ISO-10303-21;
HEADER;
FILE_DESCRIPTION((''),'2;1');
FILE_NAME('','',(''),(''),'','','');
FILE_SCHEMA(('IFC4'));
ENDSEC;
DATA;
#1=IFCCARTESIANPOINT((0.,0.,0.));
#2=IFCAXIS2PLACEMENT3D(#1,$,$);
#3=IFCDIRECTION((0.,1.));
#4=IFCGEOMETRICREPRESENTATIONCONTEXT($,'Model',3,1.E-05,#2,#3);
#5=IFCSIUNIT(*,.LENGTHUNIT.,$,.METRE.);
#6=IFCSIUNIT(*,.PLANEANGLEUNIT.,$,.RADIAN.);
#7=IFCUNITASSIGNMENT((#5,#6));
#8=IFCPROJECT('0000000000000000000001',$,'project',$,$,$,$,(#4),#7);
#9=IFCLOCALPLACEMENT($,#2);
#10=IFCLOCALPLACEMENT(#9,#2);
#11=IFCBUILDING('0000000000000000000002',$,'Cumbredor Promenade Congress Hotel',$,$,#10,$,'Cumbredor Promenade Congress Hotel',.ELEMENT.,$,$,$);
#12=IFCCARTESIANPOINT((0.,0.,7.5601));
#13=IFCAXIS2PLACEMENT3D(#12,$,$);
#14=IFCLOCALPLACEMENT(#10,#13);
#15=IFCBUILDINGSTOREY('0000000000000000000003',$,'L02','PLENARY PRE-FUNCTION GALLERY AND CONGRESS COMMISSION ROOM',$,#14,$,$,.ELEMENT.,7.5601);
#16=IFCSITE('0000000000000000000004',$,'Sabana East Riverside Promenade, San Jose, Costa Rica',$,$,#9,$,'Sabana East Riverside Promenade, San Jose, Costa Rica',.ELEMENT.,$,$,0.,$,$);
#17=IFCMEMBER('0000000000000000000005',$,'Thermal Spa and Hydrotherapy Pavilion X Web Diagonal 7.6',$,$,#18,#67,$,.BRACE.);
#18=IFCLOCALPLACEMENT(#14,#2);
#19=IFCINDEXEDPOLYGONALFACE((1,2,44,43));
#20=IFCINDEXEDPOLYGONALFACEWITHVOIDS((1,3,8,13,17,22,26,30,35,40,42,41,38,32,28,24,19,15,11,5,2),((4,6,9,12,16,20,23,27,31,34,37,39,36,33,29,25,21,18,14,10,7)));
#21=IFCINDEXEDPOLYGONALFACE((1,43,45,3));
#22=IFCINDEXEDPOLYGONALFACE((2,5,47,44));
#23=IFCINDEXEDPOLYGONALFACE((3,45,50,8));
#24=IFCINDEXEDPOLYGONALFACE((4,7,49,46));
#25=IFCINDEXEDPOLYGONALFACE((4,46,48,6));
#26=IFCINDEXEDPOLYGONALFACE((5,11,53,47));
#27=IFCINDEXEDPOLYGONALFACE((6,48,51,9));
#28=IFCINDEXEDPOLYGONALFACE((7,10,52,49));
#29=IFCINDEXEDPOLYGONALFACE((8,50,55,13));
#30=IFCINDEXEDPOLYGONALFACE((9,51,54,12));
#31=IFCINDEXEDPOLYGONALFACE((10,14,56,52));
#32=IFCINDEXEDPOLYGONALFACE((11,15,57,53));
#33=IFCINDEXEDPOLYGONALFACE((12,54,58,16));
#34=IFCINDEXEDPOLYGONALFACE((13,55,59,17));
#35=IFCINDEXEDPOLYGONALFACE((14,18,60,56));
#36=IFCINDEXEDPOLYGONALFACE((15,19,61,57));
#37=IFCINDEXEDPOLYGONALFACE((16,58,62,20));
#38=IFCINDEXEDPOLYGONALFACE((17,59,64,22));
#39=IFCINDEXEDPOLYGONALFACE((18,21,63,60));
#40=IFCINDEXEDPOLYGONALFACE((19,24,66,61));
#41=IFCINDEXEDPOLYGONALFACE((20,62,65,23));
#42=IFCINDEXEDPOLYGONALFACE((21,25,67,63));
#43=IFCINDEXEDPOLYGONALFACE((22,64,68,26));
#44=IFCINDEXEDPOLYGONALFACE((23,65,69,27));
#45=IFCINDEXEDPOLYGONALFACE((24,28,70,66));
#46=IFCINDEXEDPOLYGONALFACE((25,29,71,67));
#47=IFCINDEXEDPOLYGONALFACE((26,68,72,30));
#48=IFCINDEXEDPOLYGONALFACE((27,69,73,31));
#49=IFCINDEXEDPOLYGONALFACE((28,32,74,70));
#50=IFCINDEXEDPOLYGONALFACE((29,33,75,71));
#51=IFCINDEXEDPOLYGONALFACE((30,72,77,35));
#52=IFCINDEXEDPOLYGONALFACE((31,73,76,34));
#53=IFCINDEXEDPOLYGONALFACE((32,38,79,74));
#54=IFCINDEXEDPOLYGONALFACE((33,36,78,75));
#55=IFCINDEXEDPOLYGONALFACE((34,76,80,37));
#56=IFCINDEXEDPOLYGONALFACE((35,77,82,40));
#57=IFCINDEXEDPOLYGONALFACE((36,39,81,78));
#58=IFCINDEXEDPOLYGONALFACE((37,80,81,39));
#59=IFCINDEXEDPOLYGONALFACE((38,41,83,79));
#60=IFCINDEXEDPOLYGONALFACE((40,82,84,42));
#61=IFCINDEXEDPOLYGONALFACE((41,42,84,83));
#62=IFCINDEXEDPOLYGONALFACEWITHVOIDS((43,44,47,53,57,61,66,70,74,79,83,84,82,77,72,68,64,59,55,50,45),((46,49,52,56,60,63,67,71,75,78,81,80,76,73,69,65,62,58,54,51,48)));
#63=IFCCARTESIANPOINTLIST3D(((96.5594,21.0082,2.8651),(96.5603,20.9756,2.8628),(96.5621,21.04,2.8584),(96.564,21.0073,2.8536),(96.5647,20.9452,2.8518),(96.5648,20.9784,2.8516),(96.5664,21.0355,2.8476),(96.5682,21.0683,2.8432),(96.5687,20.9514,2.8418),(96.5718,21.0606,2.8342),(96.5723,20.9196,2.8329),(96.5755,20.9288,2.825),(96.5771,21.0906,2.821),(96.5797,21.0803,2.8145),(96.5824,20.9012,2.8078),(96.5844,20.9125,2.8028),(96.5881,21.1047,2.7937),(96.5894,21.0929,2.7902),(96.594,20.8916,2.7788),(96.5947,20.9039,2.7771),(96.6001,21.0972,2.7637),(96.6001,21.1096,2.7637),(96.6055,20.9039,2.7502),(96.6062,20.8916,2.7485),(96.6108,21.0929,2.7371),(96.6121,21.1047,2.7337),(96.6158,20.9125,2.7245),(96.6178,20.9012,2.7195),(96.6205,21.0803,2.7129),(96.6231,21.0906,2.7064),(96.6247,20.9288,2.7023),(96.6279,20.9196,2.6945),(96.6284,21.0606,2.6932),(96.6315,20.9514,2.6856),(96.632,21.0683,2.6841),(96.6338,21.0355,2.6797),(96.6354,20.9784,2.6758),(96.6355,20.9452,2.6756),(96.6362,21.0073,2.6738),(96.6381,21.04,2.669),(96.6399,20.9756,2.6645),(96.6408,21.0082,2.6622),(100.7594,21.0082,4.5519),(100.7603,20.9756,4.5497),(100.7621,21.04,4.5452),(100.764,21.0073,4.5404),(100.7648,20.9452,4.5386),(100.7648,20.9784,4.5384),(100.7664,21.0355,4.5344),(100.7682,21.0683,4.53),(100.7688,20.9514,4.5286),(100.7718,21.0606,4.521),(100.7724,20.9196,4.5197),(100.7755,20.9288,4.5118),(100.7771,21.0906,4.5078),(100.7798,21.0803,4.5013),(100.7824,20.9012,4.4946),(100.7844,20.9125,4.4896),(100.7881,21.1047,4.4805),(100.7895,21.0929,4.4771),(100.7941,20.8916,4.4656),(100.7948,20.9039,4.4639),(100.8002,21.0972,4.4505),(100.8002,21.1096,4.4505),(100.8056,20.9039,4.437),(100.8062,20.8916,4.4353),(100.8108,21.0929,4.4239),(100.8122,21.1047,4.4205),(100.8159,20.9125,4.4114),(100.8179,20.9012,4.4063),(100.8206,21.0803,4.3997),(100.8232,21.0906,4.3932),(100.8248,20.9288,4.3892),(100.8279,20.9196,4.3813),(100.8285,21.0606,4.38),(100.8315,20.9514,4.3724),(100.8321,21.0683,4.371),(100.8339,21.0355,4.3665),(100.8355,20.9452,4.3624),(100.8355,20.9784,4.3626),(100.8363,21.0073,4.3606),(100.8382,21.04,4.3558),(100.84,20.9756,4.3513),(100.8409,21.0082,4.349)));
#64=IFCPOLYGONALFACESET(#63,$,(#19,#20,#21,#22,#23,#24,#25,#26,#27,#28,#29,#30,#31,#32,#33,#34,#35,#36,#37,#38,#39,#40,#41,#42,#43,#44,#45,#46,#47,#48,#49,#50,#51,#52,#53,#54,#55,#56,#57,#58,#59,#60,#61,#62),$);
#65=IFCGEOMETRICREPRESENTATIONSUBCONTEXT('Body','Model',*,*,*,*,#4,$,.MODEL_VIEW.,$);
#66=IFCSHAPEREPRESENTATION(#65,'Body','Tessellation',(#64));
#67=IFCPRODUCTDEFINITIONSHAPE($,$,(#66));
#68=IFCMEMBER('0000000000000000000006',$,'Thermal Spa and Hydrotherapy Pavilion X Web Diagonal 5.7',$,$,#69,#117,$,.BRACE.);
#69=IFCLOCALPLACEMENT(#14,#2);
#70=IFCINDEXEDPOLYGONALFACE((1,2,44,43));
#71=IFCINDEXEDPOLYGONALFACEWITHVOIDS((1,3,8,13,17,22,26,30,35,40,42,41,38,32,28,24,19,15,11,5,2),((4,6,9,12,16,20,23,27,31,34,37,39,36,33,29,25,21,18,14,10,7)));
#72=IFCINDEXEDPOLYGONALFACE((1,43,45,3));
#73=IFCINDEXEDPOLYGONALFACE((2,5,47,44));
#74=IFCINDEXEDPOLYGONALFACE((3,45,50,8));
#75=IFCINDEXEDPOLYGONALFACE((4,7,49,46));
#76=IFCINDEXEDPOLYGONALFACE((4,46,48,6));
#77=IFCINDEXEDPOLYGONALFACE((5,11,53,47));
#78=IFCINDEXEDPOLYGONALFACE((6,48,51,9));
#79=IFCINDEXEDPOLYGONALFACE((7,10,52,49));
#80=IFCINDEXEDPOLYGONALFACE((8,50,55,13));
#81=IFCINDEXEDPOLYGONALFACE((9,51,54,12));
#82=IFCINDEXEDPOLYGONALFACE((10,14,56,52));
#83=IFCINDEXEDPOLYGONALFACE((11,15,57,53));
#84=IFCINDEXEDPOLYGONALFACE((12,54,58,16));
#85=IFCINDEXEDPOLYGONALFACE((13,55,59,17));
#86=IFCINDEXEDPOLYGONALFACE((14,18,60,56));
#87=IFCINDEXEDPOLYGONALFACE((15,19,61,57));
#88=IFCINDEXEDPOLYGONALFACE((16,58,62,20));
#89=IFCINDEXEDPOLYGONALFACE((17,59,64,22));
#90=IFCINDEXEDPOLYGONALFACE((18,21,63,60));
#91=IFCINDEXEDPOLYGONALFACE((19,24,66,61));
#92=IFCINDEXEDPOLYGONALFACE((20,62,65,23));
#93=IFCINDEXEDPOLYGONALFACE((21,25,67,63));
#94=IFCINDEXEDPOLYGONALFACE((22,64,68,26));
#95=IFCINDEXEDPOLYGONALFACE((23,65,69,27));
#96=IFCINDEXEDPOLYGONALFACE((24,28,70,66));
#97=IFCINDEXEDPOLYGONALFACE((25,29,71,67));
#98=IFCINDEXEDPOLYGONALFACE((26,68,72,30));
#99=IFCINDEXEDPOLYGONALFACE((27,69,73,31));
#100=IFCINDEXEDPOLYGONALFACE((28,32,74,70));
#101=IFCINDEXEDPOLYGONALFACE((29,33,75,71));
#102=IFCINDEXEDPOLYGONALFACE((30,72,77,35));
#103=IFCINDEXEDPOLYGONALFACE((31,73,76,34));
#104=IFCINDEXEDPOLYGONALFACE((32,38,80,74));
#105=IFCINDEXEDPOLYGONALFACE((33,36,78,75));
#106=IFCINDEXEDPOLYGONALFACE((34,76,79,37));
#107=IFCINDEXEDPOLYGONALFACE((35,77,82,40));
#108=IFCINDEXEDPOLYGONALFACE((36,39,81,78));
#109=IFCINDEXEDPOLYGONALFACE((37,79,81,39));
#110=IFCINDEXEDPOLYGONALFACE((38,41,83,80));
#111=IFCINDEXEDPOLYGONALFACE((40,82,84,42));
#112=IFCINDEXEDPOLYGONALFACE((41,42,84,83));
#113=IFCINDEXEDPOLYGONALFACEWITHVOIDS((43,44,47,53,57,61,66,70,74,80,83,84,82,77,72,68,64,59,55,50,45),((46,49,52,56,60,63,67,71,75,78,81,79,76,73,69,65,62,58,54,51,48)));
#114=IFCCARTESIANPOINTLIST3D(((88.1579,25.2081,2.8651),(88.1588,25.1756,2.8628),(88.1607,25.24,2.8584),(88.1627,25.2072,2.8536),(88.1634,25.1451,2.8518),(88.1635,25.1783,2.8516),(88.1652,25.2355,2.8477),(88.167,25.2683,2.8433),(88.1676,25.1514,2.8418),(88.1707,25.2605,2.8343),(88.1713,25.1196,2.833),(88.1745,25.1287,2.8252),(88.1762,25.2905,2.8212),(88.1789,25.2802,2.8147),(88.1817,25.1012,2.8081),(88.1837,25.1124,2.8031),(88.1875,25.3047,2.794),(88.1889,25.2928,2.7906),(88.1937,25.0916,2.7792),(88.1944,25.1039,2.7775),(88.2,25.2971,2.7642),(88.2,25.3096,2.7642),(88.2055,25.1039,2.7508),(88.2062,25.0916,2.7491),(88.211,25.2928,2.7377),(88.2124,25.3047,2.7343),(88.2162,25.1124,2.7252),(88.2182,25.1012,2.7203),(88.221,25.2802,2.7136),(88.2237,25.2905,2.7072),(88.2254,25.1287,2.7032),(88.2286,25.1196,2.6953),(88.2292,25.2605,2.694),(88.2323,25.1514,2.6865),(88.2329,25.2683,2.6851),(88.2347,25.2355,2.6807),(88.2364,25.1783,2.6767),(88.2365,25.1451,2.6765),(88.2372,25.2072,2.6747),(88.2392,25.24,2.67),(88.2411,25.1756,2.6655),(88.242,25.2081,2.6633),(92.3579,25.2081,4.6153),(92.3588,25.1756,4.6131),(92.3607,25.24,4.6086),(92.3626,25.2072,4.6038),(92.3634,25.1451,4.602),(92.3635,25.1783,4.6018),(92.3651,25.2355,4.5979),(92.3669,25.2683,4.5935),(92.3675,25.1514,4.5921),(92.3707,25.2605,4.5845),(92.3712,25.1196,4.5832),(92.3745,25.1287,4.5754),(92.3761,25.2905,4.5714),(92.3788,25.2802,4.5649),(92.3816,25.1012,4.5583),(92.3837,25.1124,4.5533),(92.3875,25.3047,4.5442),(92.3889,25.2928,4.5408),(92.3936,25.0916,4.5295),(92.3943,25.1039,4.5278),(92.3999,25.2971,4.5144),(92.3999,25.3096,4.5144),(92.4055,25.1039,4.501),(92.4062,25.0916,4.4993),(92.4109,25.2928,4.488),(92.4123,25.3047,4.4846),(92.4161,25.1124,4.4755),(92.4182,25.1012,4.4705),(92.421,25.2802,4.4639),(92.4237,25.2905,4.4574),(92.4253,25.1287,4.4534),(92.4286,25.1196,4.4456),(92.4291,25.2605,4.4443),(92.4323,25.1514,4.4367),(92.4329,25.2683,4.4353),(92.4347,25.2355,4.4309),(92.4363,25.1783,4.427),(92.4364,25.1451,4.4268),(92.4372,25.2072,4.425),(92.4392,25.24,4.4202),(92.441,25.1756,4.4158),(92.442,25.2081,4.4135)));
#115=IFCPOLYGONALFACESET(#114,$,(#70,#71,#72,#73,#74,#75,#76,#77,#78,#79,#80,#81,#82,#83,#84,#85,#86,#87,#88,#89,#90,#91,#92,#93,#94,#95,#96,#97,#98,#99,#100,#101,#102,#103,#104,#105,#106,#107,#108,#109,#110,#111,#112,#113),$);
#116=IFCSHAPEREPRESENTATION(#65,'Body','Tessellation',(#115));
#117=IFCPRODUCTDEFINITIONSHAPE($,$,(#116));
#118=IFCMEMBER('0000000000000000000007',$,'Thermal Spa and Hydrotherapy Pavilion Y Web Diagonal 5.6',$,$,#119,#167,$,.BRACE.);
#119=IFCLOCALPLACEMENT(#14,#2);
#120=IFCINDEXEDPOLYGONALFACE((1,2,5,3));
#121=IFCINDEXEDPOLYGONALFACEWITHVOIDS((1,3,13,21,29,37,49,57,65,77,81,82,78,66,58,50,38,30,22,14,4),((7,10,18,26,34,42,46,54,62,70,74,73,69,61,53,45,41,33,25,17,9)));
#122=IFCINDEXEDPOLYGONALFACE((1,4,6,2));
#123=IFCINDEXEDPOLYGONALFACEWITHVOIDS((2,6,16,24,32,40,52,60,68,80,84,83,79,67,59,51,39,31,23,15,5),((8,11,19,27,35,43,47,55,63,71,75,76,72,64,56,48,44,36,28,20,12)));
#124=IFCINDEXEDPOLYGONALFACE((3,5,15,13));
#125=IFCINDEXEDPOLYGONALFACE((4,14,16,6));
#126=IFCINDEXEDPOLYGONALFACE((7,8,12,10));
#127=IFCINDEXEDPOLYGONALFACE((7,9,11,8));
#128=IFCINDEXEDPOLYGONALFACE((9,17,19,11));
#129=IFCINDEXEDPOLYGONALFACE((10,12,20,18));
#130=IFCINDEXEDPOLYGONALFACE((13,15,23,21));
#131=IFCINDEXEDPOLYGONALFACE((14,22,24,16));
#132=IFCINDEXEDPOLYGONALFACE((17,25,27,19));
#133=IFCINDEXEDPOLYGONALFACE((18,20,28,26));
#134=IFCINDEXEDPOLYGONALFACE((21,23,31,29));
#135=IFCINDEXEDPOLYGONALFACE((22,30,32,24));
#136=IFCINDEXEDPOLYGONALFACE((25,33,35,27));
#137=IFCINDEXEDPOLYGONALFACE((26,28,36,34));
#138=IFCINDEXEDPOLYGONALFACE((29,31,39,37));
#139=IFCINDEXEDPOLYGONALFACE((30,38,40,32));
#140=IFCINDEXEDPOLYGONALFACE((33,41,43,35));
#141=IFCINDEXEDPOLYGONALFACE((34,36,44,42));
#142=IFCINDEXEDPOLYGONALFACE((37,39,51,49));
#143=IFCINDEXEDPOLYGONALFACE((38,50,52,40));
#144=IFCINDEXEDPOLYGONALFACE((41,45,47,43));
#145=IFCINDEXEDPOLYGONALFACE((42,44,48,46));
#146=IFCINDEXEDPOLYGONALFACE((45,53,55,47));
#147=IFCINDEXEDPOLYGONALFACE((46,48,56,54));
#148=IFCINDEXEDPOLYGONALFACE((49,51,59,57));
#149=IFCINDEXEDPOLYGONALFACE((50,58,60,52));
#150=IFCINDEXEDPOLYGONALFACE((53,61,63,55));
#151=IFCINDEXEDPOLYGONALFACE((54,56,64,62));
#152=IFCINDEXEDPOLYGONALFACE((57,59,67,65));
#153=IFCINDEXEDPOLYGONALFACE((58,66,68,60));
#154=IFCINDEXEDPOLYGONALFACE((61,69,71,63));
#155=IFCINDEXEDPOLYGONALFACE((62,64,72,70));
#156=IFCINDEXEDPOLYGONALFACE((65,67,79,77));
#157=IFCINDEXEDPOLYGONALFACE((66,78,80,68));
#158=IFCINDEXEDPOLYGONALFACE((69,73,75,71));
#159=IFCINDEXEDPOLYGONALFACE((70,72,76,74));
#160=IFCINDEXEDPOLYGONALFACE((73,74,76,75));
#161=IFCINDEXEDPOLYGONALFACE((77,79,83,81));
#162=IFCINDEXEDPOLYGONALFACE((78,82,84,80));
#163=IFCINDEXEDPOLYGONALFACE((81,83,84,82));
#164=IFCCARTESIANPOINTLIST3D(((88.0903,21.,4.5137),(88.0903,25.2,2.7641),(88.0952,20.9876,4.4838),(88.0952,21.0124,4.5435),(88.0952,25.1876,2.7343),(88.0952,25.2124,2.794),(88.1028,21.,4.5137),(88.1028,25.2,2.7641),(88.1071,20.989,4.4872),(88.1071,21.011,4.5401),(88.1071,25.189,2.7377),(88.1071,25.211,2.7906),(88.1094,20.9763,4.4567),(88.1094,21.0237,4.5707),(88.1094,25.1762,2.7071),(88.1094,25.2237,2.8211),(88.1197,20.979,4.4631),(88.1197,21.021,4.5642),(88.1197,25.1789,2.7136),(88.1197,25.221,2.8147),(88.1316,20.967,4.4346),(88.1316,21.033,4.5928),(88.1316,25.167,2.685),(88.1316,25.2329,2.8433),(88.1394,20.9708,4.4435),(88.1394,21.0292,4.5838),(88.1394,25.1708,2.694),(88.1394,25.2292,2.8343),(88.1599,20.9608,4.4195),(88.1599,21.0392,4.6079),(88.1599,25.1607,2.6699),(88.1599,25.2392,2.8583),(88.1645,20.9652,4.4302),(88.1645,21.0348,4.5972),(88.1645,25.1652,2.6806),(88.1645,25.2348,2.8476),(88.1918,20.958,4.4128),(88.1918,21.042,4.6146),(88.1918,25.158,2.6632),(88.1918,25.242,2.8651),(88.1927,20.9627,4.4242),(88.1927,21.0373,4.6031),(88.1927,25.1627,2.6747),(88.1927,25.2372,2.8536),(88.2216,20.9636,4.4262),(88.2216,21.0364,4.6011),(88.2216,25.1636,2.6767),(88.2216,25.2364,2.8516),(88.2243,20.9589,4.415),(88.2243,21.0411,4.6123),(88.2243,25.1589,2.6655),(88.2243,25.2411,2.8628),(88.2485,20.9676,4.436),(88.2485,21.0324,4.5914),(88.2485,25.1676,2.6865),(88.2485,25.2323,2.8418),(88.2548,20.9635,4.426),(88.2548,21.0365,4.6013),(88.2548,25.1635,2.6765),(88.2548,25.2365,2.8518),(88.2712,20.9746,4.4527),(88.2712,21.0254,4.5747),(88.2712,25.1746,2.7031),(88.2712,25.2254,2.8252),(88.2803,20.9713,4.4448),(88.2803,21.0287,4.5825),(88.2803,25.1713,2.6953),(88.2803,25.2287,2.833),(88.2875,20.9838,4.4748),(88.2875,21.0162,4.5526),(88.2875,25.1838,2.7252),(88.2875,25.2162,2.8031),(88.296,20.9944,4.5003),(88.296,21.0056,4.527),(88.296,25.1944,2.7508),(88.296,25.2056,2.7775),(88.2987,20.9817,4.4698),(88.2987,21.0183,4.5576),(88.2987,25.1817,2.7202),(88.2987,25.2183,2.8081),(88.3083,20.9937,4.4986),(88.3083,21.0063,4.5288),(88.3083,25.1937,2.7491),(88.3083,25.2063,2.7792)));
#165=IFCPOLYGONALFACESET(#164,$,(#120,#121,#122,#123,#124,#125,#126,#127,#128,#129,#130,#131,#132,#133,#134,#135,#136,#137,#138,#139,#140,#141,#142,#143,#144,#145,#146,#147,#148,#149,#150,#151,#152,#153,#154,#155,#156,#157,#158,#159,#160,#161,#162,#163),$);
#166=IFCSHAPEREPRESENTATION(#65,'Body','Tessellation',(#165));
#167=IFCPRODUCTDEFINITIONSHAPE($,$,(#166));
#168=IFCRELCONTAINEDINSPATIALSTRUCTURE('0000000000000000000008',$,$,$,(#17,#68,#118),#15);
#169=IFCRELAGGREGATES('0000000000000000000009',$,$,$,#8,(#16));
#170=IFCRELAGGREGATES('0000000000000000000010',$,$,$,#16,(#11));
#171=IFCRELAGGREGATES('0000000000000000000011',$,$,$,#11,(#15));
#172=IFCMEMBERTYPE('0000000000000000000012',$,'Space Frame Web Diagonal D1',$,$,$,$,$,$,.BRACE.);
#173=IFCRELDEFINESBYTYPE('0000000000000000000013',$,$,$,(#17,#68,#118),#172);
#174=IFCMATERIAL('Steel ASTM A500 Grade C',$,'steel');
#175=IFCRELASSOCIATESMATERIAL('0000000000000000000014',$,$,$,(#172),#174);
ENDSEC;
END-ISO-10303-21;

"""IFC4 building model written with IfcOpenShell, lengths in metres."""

from ifc_helpers import new_model, si_unit, direction, frame, origin, origin_2d, place, context, subcontext, project, spatial, hollow_circle, extrude, material, material_profile, profile_set, type_object, element, save


model = new_model("IFC4")

# Units and contexts
model_context = context("Model", 3, precision=1e-05, world=origin(), true_north=direction((0.0, 1.0)))
body_context = subcontext(model_context, "Body", "Model", "MODEL_VIEW")
ifc_project = project(units=[si_unit("LENGTHUNIT", "METRE"), si_unit("PLANEANGLEUNIT", "RADIAN")], contexts=[model_context])

# Site, building, storey
site_placement = place(None, origin())
site = spatial("IfcSite", under=ifc_project, at=site_placement, Name="Sabana East Riverside Promenade, San Jose, Costa Rica", LongName="Sabana East Riverside Promenade, San Jose, Costa Rica", CompositionType="ELEMENT", RefElevation=0.0)
building_placement = place(site_placement, origin())
building = spatial("IfcBuilding", under=site, at=building_placement, Name="Cumbredor Promenade Congress Hotel", LongName="Cumbredor Promenade Congress Hotel", CompositionType="ELEMENT")
storey_placement = place(building_placement, frame((0.0, 0.0, 7.5601)))
storey = spatial("IfcBuildingStorey", under=building, at=storey_placement, Name="L02", Description="PLENARY PRE-FUNCTION GALLERY AND CONGRESS COMMISSION ROOM", CompositionType="ELEMENT", Elevation=7.5601)

# Members
ifc_material_1 = material(Name="Steel ASTM A500 Grade C", Category="steel")
ifc_material_profile_1 = material_profile(ifc_material_1, hollow_circle(Radius=0.1096, WallThickness=0.0125, at=origin_2d()), Name="CHS 219.1x12.5")
ifc_profile_set_1 = profile_set([ifc_material_profile_1], Name="Steel ASTM A500 Grade C")
member_type_1 = type_object("IfcMemberType", Name="Space Frame Web Diagonal D1", PredefinedType="BRACE", material=ifc_profile_set_1)
member_1_placement = place(storey_placement, frame((96.6001, 21.0, 2.7637), z_axis=(0.927959, 0.0, 0.372683), x_axis=(0.0, 1.0, 0.0)))
element("IfcMember", 1, at=member_1_placement, inside=storey, type_object=member_type_1, Name="Thermal Spa and Hydrotherapy Pavilion X Web Diagonal 7.6", PredefinedType="BRACE", context=body_context, shape_type="SweptSolid", body=[
    extrude(hollow_circle(Radius=0.1096, WallThickness=0.0125, at=origin_2d()), origin(), (0.0, 0.0, 1.0), 4.5261),
])
member_2_placement = place(storey_placement, frame((88.2, 25.2, 2.7642), z_axis=(0.923056, 0.0, 0.384665), x_axis=(0.0, 1.0, 0.0)))
element("IfcMember", 2, at=member_2_placement, inside=storey, type_object=member_type_1, Name="Thermal Spa and Hydrotherapy Pavilion X Web Diagonal 5.7", PredefinedType="BRACE", context=body_context, shape_type="SweptSolid", body=[
    extrude(hollow_circle(Radius=0.1096, WallThickness=0.0125, at=origin_2d()), origin(), (0.0, 0.0, 1.0), 4.55),
])
member_3_placement = place(storey_placement, frame((88.2, 21.0, 4.5137), z_axis=(0.0, 0.923113, -0.384528), x_axis=(-1.0, 0.0, 0.0)))
element("IfcMember", 3, at=member_3_placement, inside=storey, type_object=member_type_1, Name="Thermal Spa and Hydrotherapy Pavilion Y Web Diagonal 5.6", PredefinedType="BRACE", context=body_context, shape_type="SweptSolid", body=[
    extrude(hollow_circle(Radius=0.1096, WallThickness=0.0125, at=origin_2d()), origin(), (0.0, 0.0, 1.0), 4.5498),
])

save(model, "model.ifc")
